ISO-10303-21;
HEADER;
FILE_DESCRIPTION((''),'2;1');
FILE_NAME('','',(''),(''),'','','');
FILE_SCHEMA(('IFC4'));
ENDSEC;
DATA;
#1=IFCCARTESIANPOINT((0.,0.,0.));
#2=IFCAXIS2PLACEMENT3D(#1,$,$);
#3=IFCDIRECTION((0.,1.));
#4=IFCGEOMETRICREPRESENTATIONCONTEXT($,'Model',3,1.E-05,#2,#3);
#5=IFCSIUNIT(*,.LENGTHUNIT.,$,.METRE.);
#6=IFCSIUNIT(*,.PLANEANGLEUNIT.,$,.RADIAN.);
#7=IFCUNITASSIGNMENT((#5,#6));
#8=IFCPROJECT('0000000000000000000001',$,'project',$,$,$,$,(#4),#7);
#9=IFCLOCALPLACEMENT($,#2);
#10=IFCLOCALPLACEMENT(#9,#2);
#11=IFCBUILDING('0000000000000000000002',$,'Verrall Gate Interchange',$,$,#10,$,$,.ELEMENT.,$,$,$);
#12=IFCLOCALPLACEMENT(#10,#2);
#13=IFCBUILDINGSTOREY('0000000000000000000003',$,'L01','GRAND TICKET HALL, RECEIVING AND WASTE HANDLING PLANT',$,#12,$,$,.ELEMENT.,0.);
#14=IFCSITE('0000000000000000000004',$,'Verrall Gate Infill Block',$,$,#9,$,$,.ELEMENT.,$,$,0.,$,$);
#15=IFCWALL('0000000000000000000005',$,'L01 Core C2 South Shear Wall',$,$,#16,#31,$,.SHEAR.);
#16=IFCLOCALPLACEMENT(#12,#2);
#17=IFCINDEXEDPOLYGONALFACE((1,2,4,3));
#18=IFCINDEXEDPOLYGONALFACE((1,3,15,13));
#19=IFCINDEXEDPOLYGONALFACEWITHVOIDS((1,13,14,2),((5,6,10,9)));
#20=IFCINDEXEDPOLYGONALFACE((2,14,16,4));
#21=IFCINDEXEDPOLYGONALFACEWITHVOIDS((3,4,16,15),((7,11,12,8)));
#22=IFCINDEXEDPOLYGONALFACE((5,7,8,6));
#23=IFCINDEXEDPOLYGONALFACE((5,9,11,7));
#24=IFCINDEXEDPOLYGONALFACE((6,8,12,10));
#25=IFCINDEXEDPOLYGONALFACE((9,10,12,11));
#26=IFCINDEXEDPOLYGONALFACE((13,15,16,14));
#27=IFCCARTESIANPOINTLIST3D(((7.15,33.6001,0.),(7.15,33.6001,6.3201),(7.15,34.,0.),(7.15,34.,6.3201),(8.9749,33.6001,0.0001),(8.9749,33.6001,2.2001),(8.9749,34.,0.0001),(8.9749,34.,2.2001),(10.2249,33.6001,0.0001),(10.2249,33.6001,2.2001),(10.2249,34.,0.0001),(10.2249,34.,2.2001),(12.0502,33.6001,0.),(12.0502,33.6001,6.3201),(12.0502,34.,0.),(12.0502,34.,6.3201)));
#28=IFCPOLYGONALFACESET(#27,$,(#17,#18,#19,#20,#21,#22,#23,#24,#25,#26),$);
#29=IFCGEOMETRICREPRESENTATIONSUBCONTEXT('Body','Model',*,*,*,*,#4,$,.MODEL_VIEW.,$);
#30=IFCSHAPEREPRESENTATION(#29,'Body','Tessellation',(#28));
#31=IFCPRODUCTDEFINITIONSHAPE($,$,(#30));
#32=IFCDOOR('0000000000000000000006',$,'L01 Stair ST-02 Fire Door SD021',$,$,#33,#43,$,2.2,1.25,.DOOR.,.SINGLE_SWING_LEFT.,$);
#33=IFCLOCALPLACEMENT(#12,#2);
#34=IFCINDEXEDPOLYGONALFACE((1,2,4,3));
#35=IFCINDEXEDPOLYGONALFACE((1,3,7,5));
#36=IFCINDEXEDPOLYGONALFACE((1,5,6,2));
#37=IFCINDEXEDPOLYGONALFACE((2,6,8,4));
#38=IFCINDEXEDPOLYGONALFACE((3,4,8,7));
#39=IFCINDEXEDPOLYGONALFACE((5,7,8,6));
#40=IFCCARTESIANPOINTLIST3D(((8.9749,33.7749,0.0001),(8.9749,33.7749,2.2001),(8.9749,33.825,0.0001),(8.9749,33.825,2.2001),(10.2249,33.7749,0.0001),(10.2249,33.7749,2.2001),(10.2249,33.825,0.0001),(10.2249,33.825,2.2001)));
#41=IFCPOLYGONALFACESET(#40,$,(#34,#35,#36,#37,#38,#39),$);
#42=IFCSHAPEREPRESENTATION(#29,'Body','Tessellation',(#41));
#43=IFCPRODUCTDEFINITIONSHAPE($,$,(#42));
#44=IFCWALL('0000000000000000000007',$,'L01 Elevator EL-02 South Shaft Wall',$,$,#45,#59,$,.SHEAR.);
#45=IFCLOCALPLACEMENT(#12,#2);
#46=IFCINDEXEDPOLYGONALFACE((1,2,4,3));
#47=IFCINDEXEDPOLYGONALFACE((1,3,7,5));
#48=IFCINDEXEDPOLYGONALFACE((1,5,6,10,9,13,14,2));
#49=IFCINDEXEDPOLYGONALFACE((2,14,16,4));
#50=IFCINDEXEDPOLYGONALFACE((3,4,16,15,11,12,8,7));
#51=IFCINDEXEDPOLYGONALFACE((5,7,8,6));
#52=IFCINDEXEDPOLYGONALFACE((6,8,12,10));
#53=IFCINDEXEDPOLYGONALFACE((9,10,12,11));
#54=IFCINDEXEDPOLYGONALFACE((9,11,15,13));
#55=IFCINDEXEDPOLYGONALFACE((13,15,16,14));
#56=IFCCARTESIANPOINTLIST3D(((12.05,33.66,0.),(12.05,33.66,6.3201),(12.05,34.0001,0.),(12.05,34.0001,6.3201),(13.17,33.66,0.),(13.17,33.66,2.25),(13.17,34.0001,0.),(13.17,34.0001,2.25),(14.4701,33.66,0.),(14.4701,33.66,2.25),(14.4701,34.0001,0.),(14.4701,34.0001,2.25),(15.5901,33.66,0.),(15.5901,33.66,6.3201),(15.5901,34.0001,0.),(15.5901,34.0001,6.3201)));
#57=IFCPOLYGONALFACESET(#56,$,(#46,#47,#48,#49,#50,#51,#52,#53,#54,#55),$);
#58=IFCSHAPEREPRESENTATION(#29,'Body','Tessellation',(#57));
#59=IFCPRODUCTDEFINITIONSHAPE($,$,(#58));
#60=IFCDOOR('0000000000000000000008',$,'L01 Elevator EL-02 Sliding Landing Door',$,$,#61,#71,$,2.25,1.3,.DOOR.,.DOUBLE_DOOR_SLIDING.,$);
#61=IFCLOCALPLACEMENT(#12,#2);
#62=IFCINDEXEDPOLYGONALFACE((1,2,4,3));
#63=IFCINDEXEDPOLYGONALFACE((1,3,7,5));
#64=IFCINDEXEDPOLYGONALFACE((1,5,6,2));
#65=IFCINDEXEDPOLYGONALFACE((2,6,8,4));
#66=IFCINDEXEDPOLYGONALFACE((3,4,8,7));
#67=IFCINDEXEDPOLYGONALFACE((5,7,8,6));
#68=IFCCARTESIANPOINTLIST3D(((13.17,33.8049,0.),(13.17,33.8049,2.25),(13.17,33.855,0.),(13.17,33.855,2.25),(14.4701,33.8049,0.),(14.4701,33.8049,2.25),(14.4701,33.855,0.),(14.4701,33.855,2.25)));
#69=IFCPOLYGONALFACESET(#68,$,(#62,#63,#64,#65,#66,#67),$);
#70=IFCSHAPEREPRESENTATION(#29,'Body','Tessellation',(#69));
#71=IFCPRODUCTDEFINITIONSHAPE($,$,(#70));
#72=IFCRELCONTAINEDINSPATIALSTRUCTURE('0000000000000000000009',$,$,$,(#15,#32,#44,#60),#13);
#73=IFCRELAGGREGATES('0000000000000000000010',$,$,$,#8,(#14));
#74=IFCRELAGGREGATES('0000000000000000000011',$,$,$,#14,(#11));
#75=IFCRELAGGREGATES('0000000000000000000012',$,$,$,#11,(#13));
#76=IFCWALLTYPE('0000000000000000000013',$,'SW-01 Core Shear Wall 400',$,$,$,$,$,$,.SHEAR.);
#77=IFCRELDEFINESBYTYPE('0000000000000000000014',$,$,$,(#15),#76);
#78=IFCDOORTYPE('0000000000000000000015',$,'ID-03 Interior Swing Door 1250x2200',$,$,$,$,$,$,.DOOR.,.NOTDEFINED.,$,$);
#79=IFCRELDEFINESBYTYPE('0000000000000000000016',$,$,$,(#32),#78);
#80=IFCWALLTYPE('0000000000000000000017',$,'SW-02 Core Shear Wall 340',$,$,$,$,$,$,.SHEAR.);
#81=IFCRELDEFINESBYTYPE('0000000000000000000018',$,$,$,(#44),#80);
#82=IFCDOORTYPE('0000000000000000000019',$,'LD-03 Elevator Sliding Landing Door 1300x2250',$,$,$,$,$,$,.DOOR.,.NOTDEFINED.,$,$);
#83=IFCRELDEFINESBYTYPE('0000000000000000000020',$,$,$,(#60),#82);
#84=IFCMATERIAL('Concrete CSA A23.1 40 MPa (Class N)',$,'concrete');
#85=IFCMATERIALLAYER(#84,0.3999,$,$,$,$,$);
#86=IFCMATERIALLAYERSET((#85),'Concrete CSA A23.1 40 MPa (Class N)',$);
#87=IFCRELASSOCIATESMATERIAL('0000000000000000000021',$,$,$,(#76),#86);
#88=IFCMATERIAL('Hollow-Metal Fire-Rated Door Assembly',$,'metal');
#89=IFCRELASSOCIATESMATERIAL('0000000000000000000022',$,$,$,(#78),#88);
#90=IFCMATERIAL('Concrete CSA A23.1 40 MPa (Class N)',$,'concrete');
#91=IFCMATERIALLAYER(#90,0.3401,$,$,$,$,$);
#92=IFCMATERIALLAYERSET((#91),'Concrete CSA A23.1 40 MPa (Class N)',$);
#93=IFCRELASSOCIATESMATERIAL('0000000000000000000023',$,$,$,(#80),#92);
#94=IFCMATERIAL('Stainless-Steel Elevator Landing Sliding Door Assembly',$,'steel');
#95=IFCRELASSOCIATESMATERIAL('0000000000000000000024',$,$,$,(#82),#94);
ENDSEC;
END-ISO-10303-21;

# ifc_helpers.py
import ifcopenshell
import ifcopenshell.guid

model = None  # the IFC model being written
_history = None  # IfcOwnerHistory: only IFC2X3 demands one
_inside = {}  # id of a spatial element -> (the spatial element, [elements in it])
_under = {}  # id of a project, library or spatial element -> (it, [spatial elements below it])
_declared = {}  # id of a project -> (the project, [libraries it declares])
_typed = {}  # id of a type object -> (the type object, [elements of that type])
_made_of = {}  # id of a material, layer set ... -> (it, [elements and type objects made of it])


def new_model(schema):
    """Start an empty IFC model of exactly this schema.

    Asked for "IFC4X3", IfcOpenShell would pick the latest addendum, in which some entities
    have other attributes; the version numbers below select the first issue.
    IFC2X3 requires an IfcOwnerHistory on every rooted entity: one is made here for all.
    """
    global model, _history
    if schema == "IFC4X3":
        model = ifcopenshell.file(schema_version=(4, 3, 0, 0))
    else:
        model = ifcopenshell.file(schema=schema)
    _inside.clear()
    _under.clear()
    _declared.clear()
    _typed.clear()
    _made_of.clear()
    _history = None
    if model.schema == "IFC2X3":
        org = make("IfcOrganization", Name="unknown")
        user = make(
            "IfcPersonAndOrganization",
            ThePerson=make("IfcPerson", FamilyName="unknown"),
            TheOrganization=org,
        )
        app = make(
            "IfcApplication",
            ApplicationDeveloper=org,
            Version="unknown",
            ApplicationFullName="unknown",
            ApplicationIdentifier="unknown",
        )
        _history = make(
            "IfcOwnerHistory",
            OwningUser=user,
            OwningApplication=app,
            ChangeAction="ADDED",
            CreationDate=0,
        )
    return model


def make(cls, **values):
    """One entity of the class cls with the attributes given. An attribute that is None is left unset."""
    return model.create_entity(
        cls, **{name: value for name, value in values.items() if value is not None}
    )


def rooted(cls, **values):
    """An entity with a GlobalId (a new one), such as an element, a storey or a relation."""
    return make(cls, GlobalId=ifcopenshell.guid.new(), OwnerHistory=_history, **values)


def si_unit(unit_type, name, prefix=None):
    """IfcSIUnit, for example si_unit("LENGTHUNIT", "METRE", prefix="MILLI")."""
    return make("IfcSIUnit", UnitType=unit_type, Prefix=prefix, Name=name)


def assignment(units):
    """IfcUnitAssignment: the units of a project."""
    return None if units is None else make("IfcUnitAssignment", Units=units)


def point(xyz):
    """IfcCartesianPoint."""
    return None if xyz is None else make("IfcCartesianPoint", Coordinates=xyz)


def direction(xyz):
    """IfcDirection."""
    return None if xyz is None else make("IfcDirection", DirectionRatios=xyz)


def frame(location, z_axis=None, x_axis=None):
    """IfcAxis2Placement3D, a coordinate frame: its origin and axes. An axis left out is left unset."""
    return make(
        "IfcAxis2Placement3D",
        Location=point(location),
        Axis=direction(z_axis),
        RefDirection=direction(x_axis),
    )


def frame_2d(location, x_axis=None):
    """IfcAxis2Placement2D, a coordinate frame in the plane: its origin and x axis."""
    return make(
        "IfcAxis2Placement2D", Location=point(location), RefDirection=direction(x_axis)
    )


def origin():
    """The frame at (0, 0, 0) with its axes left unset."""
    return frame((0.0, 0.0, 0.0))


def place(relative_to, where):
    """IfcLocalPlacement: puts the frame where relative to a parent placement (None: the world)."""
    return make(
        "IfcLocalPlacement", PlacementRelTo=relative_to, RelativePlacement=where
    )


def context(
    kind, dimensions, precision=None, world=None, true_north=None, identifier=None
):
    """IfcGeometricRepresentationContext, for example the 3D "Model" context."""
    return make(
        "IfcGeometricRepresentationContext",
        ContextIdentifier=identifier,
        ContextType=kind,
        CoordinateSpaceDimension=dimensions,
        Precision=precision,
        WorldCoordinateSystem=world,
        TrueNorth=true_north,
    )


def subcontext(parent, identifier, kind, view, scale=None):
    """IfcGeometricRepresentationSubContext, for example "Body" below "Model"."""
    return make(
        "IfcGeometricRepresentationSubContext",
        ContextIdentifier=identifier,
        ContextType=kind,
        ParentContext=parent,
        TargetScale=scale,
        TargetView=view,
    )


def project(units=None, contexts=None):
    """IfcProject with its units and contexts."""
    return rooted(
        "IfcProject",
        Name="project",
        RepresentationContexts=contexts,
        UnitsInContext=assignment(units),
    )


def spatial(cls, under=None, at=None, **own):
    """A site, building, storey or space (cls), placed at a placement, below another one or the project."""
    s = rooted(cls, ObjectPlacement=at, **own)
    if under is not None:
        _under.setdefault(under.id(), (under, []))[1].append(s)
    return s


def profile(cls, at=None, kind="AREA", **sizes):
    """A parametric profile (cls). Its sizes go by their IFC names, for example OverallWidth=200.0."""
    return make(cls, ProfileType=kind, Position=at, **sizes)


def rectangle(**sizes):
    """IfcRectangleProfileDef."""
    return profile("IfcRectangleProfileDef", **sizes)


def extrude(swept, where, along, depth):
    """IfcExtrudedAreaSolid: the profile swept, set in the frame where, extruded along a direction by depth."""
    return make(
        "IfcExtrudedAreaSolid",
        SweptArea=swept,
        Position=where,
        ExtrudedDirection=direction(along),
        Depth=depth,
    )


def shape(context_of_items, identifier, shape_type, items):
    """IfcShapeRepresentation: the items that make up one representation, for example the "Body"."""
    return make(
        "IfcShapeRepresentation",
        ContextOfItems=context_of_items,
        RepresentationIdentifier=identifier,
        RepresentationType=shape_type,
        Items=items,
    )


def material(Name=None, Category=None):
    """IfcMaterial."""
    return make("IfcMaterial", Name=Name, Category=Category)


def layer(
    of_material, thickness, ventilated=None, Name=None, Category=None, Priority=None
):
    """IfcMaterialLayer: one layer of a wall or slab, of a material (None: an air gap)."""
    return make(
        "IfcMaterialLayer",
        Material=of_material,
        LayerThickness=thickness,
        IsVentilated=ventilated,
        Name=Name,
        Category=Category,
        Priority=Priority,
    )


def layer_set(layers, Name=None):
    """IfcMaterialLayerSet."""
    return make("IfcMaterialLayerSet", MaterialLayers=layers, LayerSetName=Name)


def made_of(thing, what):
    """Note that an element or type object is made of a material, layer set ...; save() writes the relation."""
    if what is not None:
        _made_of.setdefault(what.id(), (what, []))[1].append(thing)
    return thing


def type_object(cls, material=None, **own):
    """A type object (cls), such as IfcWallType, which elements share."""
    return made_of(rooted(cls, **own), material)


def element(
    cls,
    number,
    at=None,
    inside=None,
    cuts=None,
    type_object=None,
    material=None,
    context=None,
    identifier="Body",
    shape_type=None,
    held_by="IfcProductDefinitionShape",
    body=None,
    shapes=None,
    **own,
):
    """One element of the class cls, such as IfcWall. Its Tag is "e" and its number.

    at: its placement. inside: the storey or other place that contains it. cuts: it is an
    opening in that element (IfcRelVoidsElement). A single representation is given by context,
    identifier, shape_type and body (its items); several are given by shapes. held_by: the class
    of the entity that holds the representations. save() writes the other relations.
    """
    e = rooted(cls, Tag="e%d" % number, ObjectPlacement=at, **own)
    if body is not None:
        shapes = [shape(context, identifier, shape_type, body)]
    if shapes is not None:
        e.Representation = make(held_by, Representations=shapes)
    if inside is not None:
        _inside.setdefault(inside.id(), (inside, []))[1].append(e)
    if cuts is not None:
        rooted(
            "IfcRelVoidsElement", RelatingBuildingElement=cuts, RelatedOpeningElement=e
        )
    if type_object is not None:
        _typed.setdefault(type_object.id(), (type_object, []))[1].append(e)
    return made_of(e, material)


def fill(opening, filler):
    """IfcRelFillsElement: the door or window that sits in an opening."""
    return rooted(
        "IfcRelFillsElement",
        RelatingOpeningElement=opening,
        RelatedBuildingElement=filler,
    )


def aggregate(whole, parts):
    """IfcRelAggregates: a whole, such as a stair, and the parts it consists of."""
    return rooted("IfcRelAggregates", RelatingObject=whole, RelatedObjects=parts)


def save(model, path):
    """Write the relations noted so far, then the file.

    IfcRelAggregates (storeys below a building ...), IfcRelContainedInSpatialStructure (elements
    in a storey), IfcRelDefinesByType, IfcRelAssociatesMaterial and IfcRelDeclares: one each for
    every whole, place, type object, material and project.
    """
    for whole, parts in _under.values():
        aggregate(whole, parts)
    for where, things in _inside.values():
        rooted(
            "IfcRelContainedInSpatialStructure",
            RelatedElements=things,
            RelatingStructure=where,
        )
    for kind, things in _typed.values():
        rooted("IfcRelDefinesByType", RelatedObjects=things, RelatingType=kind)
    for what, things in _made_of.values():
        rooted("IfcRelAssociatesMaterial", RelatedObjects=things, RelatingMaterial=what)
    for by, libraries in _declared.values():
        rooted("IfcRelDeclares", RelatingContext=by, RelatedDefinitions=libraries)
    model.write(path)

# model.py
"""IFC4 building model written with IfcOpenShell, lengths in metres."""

from ifc_helpers import new_model, si_unit, direction, frame, frame_2d, origin, place, context, subcontext, project, spatial, rectangle, extrude, material, layer, layer_set, type_object, element, fill, save


model = new_model("IFC4")

# Units and contexts
model_context = context("Model", 3, precision=1e-05, world=origin(), true_north=direction((0.0, 1.0)))
body_context = subcontext(model_context, "Body", "Model", "MODEL_VIEW")
ifc_project = project(units=[si_unit("LENGTHUNIT", "METRE"), si_unit("PLANEANGLEUNIT", "RADIAN")], contexts=[model_context])

# Site, building, storey
site_placement = place(None, origin())
site = spatial("IfcSite", under=ifc_project, at=site_placement, Name="Verrall Gate Infill Block", CompositionType="ELEMENT", RefElevation=0.0)
building_placement = place(site_placement, origin())
building = spatial("IfcBuilding", under=site, at=building_placement, Name="Verrall Gate Interchange", CompositionType="ELEMENT")
storey_placement = place(building_placement, origin())
storey = spatial("IfcBuildingStorey", under=building, at=storey_placement, Name="L01", Description="GRAND TICKET HALL, RECEIVING AND WASTE HANDLING PLANT", CompositionType="ELEMENT", Elevation=0.0)

# Shared definitions
ifc_material_1 = material(Name="Concrete CSA A23.1 40 MPa (Class N)", Category="concrete")
ifc_layer_1 = layer(ifc_material_1, 0.3999)
ifc_layer_set_1 = layer_set([ifc_layer_1], Name="Concrete CSA A23.1 40 MPa (Class N)")
wall_type_1 = type_object("IfcWallType", Name="SW-01 Core Shear Wall 400", PredefinedType="SHEAR", material=ifc_layer_set_1)

# Walls, openings, doors
wall_1_placement = place(storey_placement, frame((7.1499, 33.8, 0.0), z_axis=(0.0, 0.0, 1.0), x_axis=(1.0, 0.0, 0.0)))
wall_1 = element("IfcWall", 1, at=wall_1_placement, inside=storey, type_object=wall_type_1, Name="L01 Core C2 South Shear Wall", PredefinedType="SHEAR", context=body_context, shape_type="SweptSolid", body=[
    extrude(rectangle(XDim=4.9001, YDim=0.3999, at=frame_2d((2.4502, 0.0))), origin(), (0.0, 0.0, 1.0), 6.3201),
])
opening_1_placement = place(wall_1_placement, frame((1.825, 0.0, 0.0)))
opening_1 = element("IfcOpeningElement", 2, at=opening_1_placement, cuts=wall_1, PredefinedType="OPENING", context=body_context, shape_type="SweptSolid", body=[
    extrude(rectangle(XDim=1.25, YDim=2.2, at=frame_2d((0.625, 1.1001))), frame((0.0, 0.2148, 0.0), z_axis=(0.0, -1.0, 0.0), x_axis=(1.0, 0.0, 0.0)), (0.0, 0.0, 1.0), 0.4297),
])
ifc_material_2 = material(Name="Hollow-Metal Fire-Rated Door Assembly", Category="metal")
door_type_1 = type_object("IfcDoorType", Name="ID-03 Interior Swing Door 1250x2200", OperationType="NOTDEFINED", PredefinedType="DOOR", material=ifc_material_2)
door_1_placement = place(opening_1_placement, origin())
door_1 = element("IfcDoor", 3, at=door_1_placement, inside=storey, type_object=door_type_1, Name="L01 Stair ST-02 Fire Door SD021", OperationType="SINGLE_SWING_LEFT", OverallHeight=2.2, OverallWidth=1.25, PredefinedType="DOOR", context=body_context, shape_type="SweptSolid", body=[
    extrude(rectangle(XDim=1.25, YDim=2.2, at=frame_2d((0.625, 1.1001))), frame((0.0, 0.0249, 0.0), z_axis=(0.0, -1.0, 0.0), x_axis=(1.0, 0.0, 0.0)), (0.0, 0.0, 1.0), 0.05),
])
fill(opening_1, door_1)
ifc_material_3 = material(Name="Concrete CSA A23.1 40 MPa (Class N)", Category="concrete")
ifc_layer_2 = layer(ifc_material_3, 0.3401)
ifc_layer_set_2 = layer_set([ifc_layer_2], Name="Concrete CSA A23.1 40 MPa (Class N)")
wall_type_2 = type_object("IfcWallType", Name="SW-02 Core Shear Wall 340", PredefinedType="SHEAR", material=ifc_layer_set_2)
wall_2_placement = place(storey_placement, frame((12.05, 33.8301, 0.0), z_axis=(0.0, 0.0, 1.0), x_axis=(1.0, 0.0, 0.0)))
wall_2 = element("IfcWall", 4, at=wall_2_placement, inside=storey, type_object=wall_type_2, Name="L01 Elevator EL-02 South Shaft Wall", PredefinedType="SHEAR", context=body_context, shape_type="SweptSolid", body=[
    extrude(rectangle(XDim=3.54, YDim=0.3401, at=frame_2d((1.77, 0.0))), origin(), (0.0, 0.0, 1.0), 6.3201),
])
opening_2_placement = place(wall_2_placement, frame((1.1201, 0.0, 0.0)))
opening_2 = element("IfcOpeningElement", 5, at=opening_2_placement, cuts=wall_2, PredefinedType="OPENING", context=body_context, shape_type="SweptSolid", body=[
    extrude(rectangle(XDim=1.3, YDim=2.25, at=frame_2d((0.6499, 1.125))), frame((0.0, 0.1851, 0.0), z_axis=(0.0, -1.0, 0.0), x_axis=(1.0, 0.0, 0.0)), (0.0, 0.0, 1.0), 0.3699),
])
ifc_material_4 = material(Name="Stainless-Steel Elevator Landing Sliding Door Assembly", Category="steel")
door_type_2 = type_object("IfcDoorType", Name="LD-03 Elevator Sliding Landing Door 1300x2250", OperationType="NOTDEFINED", PredefinedType="DOOR", material=ifc_material_4)
door_2_placement = place(opening_2_placement, origin())
door_2 = element("IfcDoor", 6, at=door_2_placement, inside=storey, type_object=door_type_2, Name="L01 Elevator EL-02 Sliding Landing Door", OperationType="DOUBLE_DOOR_SLIDING", OverallHeight=2.25, OverallWidth=1.3, PredefinedType="DOOR", context=body_context, shape_type="SweptSolid", body=[
    extrude(rectangle(XDim=1.3, YDim=2.25, at=frame_2d((0.6499, 1.125))), frame((0.0, 0.0249, 0.0), z_axis=(0.0, -1.0, 0.0), x_axis=(1.0, 0.0, 0.0)), (0.0, 0.0, 1.0), 0.05),
])
fill(opening_2, door_2)

save(model, "model.ifc")
